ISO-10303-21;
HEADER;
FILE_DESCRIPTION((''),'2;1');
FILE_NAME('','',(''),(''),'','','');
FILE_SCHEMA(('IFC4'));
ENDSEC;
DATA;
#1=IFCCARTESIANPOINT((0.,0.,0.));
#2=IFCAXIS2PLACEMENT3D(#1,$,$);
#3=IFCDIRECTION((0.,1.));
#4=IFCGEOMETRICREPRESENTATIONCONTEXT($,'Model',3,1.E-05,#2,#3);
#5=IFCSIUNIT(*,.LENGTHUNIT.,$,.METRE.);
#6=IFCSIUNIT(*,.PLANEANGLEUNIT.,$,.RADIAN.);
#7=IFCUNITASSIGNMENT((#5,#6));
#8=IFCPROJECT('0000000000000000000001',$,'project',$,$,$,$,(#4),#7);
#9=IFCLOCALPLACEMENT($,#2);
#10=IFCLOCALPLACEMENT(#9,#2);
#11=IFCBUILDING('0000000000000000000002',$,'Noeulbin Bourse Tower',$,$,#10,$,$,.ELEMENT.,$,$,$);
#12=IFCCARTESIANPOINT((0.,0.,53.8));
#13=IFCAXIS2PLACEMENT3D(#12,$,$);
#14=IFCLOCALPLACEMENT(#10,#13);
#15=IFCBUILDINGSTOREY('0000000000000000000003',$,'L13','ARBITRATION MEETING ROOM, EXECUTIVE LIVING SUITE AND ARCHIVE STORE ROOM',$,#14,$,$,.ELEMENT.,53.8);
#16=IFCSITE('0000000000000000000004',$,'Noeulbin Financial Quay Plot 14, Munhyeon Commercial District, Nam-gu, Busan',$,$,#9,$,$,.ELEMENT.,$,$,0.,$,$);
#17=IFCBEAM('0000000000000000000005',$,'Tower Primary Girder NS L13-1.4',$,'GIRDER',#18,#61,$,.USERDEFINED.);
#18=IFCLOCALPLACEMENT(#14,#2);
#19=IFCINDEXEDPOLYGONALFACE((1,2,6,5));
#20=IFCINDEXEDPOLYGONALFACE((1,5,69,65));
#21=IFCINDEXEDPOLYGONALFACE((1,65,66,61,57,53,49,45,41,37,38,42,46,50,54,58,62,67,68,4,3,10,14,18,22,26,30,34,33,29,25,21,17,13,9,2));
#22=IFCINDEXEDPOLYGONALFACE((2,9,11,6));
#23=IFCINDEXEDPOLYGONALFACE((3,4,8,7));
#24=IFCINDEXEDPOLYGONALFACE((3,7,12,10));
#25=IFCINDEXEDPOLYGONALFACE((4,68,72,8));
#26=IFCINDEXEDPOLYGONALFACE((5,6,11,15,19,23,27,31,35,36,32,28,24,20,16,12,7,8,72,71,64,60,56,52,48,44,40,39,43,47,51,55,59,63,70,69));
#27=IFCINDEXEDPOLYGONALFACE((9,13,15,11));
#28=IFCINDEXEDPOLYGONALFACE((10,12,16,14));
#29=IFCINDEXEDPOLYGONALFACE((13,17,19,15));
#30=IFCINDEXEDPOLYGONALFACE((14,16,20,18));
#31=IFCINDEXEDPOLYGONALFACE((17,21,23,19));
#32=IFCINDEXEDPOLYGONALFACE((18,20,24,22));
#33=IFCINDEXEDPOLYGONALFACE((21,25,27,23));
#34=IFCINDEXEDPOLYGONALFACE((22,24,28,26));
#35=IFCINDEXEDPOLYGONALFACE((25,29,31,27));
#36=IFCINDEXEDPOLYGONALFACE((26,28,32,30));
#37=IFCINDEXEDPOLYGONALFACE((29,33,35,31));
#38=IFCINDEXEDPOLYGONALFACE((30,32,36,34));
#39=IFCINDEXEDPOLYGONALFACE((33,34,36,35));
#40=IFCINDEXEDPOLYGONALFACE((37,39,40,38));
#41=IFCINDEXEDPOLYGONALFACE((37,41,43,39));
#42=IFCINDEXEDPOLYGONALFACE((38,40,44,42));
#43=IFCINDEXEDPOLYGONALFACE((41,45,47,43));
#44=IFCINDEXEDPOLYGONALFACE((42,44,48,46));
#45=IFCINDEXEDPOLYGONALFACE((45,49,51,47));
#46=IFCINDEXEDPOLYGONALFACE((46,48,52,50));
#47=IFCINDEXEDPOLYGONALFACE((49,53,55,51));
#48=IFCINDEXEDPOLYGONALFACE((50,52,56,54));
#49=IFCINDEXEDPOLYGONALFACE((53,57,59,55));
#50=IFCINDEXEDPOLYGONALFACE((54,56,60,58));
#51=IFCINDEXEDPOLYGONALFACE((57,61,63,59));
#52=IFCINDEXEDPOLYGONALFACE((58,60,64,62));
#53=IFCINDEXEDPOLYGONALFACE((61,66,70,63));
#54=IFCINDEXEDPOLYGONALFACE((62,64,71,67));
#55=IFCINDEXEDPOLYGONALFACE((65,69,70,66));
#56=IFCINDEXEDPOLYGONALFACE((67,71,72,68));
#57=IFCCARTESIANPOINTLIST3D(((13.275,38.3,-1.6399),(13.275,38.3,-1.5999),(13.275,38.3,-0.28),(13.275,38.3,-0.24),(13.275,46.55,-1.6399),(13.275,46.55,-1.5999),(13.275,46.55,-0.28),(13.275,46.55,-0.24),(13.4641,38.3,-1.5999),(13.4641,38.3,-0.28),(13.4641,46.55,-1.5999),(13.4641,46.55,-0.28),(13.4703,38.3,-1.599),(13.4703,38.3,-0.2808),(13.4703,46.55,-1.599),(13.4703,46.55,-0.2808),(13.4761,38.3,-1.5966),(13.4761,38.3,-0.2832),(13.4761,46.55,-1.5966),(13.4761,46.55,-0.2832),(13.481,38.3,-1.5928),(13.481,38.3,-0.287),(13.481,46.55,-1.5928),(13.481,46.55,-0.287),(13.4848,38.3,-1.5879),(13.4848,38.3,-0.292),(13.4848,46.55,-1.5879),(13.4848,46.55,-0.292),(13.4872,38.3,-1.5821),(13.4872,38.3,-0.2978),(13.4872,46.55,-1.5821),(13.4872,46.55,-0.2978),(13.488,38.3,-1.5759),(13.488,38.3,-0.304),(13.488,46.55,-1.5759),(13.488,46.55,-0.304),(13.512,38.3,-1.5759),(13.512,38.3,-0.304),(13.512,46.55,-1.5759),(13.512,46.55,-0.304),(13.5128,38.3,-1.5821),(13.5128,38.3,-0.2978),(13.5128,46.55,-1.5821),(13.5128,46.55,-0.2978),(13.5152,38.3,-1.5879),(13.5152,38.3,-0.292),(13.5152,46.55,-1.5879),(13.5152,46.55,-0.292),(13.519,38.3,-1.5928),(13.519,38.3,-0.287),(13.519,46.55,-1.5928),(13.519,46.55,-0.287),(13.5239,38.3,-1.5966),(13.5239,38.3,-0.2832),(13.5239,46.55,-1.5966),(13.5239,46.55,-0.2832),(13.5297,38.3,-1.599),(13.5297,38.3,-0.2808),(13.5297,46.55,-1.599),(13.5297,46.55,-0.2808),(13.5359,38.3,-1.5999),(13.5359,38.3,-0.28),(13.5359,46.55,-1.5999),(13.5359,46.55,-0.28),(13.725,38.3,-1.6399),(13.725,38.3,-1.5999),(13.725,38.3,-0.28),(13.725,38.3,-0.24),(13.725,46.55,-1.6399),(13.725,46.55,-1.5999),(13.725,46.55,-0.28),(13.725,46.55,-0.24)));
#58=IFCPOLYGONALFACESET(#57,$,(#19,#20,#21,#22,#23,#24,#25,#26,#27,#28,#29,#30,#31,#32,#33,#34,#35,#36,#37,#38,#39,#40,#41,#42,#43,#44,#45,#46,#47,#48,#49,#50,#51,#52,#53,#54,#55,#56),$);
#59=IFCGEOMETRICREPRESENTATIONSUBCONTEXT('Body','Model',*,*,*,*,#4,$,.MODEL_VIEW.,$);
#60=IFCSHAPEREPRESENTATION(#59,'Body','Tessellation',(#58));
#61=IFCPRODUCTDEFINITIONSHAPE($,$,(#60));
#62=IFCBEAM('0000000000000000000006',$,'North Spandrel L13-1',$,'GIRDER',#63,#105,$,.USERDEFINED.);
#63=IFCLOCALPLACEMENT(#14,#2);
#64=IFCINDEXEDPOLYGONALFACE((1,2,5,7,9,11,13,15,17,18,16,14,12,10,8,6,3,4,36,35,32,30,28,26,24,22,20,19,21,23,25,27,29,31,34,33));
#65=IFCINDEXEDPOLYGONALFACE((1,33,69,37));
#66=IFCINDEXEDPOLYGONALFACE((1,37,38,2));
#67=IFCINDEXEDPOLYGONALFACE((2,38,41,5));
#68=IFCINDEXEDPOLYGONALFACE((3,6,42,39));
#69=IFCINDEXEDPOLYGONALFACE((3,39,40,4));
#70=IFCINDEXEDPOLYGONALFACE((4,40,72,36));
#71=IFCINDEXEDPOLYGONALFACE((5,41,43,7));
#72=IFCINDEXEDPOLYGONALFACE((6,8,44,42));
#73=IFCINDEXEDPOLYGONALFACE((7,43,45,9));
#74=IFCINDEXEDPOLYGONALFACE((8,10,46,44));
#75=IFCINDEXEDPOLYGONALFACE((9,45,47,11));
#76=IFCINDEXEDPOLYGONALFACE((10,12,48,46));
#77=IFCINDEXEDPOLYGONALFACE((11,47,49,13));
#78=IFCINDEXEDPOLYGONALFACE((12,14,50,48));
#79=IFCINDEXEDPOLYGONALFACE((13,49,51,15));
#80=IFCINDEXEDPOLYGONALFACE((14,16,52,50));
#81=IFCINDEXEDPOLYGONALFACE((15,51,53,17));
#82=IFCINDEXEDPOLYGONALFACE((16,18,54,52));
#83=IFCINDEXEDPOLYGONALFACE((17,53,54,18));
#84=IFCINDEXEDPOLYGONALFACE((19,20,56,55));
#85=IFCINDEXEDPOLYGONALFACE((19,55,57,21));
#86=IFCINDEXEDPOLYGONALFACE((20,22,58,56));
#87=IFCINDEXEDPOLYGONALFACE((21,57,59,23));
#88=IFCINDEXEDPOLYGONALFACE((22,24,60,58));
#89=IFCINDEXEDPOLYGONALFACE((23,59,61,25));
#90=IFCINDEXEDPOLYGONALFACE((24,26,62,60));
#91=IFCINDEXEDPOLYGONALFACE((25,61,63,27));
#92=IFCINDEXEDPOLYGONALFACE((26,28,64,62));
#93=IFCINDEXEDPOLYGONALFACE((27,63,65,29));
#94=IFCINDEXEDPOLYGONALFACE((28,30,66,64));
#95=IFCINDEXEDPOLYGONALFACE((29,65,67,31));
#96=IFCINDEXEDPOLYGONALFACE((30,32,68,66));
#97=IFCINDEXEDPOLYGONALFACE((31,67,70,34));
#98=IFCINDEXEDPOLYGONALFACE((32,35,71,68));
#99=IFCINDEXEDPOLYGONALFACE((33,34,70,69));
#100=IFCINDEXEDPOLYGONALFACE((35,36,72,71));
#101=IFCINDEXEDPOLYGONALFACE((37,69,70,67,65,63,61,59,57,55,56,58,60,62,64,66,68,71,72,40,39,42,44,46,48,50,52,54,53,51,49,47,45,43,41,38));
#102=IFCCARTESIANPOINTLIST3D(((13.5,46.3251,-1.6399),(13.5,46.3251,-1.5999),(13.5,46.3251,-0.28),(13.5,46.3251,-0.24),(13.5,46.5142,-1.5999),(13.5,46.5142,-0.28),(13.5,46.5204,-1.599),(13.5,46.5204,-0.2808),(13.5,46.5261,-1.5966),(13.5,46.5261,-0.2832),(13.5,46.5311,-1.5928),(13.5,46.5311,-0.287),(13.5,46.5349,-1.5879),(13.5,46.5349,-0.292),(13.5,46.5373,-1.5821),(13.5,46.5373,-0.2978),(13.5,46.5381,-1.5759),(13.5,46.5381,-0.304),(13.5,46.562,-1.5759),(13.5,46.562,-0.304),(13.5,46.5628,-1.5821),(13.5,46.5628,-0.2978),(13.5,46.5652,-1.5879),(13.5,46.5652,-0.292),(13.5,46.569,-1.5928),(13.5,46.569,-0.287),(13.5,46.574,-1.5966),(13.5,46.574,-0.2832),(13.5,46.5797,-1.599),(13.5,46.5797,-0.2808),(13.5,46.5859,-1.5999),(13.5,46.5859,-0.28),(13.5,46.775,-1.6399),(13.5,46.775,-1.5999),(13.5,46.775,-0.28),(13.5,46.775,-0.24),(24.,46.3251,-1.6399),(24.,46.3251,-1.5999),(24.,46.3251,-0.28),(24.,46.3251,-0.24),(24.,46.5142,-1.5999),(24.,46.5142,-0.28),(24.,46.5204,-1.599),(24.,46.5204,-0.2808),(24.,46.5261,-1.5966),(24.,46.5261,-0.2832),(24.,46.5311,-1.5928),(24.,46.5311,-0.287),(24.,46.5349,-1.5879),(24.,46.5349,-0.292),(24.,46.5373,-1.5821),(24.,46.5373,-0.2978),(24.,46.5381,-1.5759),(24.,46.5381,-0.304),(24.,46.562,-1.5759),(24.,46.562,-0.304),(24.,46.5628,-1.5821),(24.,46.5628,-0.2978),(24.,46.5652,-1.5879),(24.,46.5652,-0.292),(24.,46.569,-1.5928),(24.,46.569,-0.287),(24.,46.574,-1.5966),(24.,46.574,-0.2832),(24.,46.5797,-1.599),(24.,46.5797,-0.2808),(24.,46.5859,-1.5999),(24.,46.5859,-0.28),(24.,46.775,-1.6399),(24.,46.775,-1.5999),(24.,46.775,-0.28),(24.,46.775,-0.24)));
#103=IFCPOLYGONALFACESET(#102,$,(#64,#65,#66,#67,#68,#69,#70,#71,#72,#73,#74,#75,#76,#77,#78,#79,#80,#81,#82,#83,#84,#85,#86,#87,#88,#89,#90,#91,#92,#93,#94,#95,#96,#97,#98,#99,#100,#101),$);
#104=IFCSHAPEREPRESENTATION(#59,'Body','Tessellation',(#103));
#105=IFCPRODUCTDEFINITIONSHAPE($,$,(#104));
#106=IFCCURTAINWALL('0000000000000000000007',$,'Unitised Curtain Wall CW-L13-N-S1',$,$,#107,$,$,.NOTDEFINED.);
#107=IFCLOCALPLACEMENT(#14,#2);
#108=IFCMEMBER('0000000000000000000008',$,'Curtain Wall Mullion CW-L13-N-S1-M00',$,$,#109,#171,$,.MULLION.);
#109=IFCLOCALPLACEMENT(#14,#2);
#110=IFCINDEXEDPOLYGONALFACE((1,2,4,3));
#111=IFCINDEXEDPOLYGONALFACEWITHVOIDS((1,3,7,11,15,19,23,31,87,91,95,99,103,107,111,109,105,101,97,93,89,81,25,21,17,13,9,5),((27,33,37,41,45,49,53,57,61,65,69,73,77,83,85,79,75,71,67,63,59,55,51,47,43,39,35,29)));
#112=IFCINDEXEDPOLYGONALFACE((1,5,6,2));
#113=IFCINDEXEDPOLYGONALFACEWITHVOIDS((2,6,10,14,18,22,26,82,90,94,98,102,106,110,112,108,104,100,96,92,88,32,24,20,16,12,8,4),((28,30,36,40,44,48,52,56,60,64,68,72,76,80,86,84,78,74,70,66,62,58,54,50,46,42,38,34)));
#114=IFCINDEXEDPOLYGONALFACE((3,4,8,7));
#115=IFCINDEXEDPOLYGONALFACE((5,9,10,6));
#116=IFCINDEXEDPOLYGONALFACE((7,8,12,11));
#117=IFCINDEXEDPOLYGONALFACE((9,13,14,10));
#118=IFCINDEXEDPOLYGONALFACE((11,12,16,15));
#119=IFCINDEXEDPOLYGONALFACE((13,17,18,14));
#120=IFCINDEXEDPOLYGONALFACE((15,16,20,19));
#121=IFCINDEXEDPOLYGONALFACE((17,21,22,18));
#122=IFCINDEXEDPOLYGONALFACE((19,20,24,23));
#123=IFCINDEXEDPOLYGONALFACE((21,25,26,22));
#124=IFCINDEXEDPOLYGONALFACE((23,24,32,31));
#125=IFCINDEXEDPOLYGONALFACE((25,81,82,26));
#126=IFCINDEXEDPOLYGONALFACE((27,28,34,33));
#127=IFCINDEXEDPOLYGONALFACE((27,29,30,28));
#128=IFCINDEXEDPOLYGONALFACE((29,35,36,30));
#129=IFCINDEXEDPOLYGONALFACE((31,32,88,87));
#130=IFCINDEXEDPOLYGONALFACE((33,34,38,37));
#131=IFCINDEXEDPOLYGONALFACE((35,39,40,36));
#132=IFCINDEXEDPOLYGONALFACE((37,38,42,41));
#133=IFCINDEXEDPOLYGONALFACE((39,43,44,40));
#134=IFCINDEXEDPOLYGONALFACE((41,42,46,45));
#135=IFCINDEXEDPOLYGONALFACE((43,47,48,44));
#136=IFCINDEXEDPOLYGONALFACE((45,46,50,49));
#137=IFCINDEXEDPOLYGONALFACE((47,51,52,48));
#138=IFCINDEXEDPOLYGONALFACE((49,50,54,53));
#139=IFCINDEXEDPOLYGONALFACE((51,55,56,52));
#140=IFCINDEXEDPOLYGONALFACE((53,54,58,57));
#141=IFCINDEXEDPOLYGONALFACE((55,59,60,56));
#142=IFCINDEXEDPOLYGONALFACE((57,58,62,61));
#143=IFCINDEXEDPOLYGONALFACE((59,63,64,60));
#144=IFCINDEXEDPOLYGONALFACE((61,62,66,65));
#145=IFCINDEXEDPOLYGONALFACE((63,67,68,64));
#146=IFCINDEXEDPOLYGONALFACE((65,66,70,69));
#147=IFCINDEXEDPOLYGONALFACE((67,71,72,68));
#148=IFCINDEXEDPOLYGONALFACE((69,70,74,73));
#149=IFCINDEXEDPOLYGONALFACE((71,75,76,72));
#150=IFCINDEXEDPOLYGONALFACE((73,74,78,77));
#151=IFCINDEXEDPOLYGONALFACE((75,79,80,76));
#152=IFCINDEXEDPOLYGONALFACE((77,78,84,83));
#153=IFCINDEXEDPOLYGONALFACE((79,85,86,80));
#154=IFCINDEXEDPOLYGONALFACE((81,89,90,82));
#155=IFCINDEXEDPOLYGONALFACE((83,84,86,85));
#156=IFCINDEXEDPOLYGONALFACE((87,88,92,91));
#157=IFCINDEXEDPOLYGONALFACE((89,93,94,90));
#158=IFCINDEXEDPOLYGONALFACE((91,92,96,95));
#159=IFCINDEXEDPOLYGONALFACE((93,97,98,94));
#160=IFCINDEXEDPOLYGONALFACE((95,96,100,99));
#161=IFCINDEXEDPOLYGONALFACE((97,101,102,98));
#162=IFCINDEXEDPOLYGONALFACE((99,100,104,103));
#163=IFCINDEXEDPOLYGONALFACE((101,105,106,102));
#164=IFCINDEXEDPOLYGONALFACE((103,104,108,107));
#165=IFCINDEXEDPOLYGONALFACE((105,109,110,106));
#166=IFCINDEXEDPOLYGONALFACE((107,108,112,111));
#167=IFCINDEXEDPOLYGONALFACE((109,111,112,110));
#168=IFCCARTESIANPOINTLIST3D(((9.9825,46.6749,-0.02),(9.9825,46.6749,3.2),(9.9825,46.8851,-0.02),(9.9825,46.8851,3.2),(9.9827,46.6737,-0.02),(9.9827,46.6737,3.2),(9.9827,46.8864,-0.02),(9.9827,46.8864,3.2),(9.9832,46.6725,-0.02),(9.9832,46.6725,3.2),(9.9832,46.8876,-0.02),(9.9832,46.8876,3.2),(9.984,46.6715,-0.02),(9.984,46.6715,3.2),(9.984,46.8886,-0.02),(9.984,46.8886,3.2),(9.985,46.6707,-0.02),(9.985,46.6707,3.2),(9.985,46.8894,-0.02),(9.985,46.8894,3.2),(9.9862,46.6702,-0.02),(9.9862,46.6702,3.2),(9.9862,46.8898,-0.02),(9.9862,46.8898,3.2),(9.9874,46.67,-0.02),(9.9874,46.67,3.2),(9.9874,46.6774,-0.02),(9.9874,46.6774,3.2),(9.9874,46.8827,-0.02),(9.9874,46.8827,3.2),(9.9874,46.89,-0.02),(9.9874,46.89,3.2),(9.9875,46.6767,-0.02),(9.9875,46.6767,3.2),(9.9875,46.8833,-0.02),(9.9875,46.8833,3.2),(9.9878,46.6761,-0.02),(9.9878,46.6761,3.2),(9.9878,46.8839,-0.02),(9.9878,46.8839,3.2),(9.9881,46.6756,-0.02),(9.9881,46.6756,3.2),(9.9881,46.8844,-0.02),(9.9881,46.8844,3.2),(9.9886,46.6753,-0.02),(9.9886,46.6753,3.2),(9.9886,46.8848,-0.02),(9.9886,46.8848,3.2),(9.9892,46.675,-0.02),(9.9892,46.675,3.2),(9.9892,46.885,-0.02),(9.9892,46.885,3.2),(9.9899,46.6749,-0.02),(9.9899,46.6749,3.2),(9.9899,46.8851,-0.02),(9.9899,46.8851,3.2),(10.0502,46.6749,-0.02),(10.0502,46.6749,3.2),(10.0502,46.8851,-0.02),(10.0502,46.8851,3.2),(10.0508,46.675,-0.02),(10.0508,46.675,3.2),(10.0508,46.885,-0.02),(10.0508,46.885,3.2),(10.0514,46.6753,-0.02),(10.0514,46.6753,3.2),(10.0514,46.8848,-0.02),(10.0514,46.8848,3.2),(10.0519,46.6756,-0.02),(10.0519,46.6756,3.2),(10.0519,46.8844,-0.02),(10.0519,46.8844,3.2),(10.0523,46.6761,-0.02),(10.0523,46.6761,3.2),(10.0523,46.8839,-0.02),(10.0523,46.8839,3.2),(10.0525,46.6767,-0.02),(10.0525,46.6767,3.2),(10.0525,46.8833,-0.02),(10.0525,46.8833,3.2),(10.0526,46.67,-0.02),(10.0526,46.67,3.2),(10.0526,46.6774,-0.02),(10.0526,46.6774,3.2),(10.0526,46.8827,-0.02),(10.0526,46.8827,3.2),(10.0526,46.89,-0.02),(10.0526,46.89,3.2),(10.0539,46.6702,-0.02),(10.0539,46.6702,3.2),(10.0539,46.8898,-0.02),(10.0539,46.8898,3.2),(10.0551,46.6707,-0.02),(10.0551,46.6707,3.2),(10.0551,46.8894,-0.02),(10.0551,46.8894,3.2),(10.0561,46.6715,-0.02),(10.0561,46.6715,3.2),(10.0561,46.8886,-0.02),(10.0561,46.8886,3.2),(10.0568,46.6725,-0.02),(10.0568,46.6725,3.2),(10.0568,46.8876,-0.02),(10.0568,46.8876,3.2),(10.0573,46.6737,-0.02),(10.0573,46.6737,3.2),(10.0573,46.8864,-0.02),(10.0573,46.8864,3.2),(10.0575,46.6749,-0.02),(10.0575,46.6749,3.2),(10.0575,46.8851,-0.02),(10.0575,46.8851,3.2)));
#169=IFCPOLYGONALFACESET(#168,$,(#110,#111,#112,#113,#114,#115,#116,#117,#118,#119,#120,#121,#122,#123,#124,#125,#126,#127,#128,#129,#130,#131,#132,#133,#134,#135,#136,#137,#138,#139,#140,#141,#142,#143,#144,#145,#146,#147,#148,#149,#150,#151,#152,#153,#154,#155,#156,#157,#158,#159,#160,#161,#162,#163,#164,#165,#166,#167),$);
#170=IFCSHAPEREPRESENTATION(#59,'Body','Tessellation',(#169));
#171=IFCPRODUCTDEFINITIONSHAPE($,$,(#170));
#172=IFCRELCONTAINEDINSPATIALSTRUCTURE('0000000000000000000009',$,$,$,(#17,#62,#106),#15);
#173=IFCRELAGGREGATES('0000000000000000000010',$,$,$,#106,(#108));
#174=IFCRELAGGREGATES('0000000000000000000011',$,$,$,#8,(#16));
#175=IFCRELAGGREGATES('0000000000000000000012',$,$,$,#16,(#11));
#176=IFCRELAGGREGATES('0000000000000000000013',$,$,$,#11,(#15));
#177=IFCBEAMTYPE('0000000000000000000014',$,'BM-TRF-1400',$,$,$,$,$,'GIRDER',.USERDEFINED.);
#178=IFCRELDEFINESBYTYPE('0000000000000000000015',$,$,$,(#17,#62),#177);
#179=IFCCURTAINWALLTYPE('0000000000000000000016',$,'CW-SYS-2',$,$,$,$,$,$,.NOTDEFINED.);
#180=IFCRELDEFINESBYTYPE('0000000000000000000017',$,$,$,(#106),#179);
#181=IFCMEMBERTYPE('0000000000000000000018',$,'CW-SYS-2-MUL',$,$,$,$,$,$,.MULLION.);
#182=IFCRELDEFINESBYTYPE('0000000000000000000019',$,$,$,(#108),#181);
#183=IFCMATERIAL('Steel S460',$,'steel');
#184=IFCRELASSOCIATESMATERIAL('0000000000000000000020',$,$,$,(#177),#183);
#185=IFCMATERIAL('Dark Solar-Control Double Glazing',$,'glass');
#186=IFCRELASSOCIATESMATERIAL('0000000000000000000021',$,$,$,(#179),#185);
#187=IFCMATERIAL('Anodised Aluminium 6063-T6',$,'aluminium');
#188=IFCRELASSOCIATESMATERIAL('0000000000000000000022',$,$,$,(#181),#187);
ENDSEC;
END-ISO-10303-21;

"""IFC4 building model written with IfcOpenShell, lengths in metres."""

from ifc_helpers import new_model, si_unit, direction, frame, origin, origin_2d, place, context, subcontext, project, spatial, hollow_rectangle, i_section, extrude, material, material_profile, profile_set, type_object, element, aggregate, save


model = new_model("IFC4")

# Units and contexts
model_context = context("Model", 3, precision=1e-05, world=origin(), true_north=direction((0.0, 1.0)))
body_context = subcontext(model_context, "Body", "Model", "MODEL_VIEW")
ifc_project = project(units=[si_unit("LENGTHUNIT", "METRE"), si_unit("PLANEANGLEUNIT", "RADIAN")], contexts=[model_context])

# Site, building, storey
site_placement = place(None, origin())
site = spatial("IfcSite", under=ifc_project, at=site_placement, Name="Noeulbin Financial Quay Plot 14, Munhyeon Commercial District, Nam-gu, Busan", CompositionType="ELEMENT", RefElevation=0.0)
building_placement = place(site_placement, origin())
building = spatial("IfcBuilding", under=site, at=building_placement, Name="Noeulbin Bourse Tower", CompositionType="ELEMENT")
storey_placement = place(building_placement, frame((0.0, 0.0, 53.8)))
storey = spatial("IfcBuildingStorey", under=building, at=storey_placement, Name="L13", Description="ARBITRATION MEETING ROOM, EXECUTIVE LIVING SUITE AND ARCHIVE STORE ROOM", CompositionType="ELEMENT", Elevation=53.8)

# Shared definitions
ifc_material_1 = material(Name="Steel S460", Category="steel")

# Beams
ifc_material_profile_1 = material_profile(ifc_material_1, i_section(OverallWidth=0.45, OverallDepth=1.3999, WebThickness=0.0239, FlangeThickness=0.04, FilletRadius=0.0239, at=origin_2d()), Name="PG-1400x450x24x40", Category="LoadBearing")
ifc_profile_set_1 = profile_set([ifc_material_profile_1], Name="Steel S460")
beam_type = type_object("IfcBeamType", Name="BM-TRF-1400", ElementType="GIRDER", PredefinedType="USERDEFINED", material=ifc_profile_set_1)
beam_1_placement = place(storey_placement, frame((13.5, 38.3, -0.9399), z_axis=(0.0, 1.0, 0.0), x_axis=(-1.0, 0.0, 0.0)))
element("IfcBeam", 1, at=beam_1_placement, inside=storey, type_object=beam_type, Name="Tower Primary Girder NS L13-1.4", ObjectType="GIRDER", PredefinedType="USERDEFINED", context=body_context, shape_type="SweptSolid", body=[
    extrude(i_section(OverallWidth=0.45, OverallDepth=1.3999, WebThickness=0.0239, FlangeThickness=0.04, FilletRadius=0.0239, at=origin_2d()), origin(), (0.0, 0.0, 1.0), 8.25),
])
beam_2_placement = place(storey_placement, frame((13.5, 46.55, -0.9399), z_axis=(1.0, 0.0, 0.0), x_axis=(0.0, 1.0, 0.0)))
element("IfcBeam", 2, at=beam_2_placement, inside=storey, type_object=beam_type, Name="North Spandrel L13-1", ObjectType="GIRDER", PredefinedType="USERDEFINED", context=body_context, shape_type="SweptSolid", body=[
    extrude(i_section(OverallWidth=0.45, OverallDepth=1.3999, WebThickness=0.0239, FlangeThickness=0.04, FilletRadius=0.0239, at=origin_2d()), origin(), (0.0, 0.0, 1.0), 10.5),
])

# Curtain wall, member
ifc_material_2 = material(Name="Dark Solar-Control Double Glazing", Category="glass")
curtain_wall_type = type_object("IfcCurtainWallType", Name="CW-SYS-2", PredefinedType="NOTDEFINED", material=ifc_material_2)
curtain_wall_1_placement = place(storey_placement, origin())
curtain_wall_1 = element("IfcCurtainWall", 3, at=curtain_wall_1_placement, inside=storey, type_object=curtain_wall_type, Name="Unitised Curtain Wall CW-L13-N-S1", PredefinedType="NOTDEFINED")
ifc_material_3 = material(Name="Anodised Aluminium 6063-T6", Category="aluminium")
ifc_material_profile_2 = material_profile(ifc_material_3, hollow_rectangle(XDim=0.075, YDim=0.22, WallThickness=0.0049, InnerFilletRadius=0.0024, OuterFilletRadius=0.0049, at=origin_2d()), Name="ALU-MULL-75x220x5", Category="LoadBearing")
ifc_profile_set_2 = profile_set([ifc_material_profile_2], Name="Anodised Aluminium 6063-T6")
member_type_1 = type_object("IfcMemberType", Name="CW-SYS-2-MUL", PredefinedType="MULLION", material=ifc_profile_set_2)
member_1_placement = place(storey_placement, frame((10.02, 46.78, -0.02), z_axis=(0.0, 0.0, 1.0), x_axis=(1.0, 0.0, 0.0)))
member_1 = element("IfcMember", 4, at=member_1_placement, type_object=member_type_1, Name="Curtain Wall Mullion CW-L13-N-S1-M00", PredefinedType="MULLION", context=body_context, shape_type="SweptSolid", body=[
    extrude(hollow_rectangle(XDim=0.075, YDim=0.22, WallThickness=0.0049, InnerFilletRadius=0.0024, OuterFilletRadius=0.0049, at=origin_2d()), origin(), (0.0, 0.0, 1.0), 3.22),
])

aggregate(curtain_wall_1, [member_1])

save(model, "model.ifc")
